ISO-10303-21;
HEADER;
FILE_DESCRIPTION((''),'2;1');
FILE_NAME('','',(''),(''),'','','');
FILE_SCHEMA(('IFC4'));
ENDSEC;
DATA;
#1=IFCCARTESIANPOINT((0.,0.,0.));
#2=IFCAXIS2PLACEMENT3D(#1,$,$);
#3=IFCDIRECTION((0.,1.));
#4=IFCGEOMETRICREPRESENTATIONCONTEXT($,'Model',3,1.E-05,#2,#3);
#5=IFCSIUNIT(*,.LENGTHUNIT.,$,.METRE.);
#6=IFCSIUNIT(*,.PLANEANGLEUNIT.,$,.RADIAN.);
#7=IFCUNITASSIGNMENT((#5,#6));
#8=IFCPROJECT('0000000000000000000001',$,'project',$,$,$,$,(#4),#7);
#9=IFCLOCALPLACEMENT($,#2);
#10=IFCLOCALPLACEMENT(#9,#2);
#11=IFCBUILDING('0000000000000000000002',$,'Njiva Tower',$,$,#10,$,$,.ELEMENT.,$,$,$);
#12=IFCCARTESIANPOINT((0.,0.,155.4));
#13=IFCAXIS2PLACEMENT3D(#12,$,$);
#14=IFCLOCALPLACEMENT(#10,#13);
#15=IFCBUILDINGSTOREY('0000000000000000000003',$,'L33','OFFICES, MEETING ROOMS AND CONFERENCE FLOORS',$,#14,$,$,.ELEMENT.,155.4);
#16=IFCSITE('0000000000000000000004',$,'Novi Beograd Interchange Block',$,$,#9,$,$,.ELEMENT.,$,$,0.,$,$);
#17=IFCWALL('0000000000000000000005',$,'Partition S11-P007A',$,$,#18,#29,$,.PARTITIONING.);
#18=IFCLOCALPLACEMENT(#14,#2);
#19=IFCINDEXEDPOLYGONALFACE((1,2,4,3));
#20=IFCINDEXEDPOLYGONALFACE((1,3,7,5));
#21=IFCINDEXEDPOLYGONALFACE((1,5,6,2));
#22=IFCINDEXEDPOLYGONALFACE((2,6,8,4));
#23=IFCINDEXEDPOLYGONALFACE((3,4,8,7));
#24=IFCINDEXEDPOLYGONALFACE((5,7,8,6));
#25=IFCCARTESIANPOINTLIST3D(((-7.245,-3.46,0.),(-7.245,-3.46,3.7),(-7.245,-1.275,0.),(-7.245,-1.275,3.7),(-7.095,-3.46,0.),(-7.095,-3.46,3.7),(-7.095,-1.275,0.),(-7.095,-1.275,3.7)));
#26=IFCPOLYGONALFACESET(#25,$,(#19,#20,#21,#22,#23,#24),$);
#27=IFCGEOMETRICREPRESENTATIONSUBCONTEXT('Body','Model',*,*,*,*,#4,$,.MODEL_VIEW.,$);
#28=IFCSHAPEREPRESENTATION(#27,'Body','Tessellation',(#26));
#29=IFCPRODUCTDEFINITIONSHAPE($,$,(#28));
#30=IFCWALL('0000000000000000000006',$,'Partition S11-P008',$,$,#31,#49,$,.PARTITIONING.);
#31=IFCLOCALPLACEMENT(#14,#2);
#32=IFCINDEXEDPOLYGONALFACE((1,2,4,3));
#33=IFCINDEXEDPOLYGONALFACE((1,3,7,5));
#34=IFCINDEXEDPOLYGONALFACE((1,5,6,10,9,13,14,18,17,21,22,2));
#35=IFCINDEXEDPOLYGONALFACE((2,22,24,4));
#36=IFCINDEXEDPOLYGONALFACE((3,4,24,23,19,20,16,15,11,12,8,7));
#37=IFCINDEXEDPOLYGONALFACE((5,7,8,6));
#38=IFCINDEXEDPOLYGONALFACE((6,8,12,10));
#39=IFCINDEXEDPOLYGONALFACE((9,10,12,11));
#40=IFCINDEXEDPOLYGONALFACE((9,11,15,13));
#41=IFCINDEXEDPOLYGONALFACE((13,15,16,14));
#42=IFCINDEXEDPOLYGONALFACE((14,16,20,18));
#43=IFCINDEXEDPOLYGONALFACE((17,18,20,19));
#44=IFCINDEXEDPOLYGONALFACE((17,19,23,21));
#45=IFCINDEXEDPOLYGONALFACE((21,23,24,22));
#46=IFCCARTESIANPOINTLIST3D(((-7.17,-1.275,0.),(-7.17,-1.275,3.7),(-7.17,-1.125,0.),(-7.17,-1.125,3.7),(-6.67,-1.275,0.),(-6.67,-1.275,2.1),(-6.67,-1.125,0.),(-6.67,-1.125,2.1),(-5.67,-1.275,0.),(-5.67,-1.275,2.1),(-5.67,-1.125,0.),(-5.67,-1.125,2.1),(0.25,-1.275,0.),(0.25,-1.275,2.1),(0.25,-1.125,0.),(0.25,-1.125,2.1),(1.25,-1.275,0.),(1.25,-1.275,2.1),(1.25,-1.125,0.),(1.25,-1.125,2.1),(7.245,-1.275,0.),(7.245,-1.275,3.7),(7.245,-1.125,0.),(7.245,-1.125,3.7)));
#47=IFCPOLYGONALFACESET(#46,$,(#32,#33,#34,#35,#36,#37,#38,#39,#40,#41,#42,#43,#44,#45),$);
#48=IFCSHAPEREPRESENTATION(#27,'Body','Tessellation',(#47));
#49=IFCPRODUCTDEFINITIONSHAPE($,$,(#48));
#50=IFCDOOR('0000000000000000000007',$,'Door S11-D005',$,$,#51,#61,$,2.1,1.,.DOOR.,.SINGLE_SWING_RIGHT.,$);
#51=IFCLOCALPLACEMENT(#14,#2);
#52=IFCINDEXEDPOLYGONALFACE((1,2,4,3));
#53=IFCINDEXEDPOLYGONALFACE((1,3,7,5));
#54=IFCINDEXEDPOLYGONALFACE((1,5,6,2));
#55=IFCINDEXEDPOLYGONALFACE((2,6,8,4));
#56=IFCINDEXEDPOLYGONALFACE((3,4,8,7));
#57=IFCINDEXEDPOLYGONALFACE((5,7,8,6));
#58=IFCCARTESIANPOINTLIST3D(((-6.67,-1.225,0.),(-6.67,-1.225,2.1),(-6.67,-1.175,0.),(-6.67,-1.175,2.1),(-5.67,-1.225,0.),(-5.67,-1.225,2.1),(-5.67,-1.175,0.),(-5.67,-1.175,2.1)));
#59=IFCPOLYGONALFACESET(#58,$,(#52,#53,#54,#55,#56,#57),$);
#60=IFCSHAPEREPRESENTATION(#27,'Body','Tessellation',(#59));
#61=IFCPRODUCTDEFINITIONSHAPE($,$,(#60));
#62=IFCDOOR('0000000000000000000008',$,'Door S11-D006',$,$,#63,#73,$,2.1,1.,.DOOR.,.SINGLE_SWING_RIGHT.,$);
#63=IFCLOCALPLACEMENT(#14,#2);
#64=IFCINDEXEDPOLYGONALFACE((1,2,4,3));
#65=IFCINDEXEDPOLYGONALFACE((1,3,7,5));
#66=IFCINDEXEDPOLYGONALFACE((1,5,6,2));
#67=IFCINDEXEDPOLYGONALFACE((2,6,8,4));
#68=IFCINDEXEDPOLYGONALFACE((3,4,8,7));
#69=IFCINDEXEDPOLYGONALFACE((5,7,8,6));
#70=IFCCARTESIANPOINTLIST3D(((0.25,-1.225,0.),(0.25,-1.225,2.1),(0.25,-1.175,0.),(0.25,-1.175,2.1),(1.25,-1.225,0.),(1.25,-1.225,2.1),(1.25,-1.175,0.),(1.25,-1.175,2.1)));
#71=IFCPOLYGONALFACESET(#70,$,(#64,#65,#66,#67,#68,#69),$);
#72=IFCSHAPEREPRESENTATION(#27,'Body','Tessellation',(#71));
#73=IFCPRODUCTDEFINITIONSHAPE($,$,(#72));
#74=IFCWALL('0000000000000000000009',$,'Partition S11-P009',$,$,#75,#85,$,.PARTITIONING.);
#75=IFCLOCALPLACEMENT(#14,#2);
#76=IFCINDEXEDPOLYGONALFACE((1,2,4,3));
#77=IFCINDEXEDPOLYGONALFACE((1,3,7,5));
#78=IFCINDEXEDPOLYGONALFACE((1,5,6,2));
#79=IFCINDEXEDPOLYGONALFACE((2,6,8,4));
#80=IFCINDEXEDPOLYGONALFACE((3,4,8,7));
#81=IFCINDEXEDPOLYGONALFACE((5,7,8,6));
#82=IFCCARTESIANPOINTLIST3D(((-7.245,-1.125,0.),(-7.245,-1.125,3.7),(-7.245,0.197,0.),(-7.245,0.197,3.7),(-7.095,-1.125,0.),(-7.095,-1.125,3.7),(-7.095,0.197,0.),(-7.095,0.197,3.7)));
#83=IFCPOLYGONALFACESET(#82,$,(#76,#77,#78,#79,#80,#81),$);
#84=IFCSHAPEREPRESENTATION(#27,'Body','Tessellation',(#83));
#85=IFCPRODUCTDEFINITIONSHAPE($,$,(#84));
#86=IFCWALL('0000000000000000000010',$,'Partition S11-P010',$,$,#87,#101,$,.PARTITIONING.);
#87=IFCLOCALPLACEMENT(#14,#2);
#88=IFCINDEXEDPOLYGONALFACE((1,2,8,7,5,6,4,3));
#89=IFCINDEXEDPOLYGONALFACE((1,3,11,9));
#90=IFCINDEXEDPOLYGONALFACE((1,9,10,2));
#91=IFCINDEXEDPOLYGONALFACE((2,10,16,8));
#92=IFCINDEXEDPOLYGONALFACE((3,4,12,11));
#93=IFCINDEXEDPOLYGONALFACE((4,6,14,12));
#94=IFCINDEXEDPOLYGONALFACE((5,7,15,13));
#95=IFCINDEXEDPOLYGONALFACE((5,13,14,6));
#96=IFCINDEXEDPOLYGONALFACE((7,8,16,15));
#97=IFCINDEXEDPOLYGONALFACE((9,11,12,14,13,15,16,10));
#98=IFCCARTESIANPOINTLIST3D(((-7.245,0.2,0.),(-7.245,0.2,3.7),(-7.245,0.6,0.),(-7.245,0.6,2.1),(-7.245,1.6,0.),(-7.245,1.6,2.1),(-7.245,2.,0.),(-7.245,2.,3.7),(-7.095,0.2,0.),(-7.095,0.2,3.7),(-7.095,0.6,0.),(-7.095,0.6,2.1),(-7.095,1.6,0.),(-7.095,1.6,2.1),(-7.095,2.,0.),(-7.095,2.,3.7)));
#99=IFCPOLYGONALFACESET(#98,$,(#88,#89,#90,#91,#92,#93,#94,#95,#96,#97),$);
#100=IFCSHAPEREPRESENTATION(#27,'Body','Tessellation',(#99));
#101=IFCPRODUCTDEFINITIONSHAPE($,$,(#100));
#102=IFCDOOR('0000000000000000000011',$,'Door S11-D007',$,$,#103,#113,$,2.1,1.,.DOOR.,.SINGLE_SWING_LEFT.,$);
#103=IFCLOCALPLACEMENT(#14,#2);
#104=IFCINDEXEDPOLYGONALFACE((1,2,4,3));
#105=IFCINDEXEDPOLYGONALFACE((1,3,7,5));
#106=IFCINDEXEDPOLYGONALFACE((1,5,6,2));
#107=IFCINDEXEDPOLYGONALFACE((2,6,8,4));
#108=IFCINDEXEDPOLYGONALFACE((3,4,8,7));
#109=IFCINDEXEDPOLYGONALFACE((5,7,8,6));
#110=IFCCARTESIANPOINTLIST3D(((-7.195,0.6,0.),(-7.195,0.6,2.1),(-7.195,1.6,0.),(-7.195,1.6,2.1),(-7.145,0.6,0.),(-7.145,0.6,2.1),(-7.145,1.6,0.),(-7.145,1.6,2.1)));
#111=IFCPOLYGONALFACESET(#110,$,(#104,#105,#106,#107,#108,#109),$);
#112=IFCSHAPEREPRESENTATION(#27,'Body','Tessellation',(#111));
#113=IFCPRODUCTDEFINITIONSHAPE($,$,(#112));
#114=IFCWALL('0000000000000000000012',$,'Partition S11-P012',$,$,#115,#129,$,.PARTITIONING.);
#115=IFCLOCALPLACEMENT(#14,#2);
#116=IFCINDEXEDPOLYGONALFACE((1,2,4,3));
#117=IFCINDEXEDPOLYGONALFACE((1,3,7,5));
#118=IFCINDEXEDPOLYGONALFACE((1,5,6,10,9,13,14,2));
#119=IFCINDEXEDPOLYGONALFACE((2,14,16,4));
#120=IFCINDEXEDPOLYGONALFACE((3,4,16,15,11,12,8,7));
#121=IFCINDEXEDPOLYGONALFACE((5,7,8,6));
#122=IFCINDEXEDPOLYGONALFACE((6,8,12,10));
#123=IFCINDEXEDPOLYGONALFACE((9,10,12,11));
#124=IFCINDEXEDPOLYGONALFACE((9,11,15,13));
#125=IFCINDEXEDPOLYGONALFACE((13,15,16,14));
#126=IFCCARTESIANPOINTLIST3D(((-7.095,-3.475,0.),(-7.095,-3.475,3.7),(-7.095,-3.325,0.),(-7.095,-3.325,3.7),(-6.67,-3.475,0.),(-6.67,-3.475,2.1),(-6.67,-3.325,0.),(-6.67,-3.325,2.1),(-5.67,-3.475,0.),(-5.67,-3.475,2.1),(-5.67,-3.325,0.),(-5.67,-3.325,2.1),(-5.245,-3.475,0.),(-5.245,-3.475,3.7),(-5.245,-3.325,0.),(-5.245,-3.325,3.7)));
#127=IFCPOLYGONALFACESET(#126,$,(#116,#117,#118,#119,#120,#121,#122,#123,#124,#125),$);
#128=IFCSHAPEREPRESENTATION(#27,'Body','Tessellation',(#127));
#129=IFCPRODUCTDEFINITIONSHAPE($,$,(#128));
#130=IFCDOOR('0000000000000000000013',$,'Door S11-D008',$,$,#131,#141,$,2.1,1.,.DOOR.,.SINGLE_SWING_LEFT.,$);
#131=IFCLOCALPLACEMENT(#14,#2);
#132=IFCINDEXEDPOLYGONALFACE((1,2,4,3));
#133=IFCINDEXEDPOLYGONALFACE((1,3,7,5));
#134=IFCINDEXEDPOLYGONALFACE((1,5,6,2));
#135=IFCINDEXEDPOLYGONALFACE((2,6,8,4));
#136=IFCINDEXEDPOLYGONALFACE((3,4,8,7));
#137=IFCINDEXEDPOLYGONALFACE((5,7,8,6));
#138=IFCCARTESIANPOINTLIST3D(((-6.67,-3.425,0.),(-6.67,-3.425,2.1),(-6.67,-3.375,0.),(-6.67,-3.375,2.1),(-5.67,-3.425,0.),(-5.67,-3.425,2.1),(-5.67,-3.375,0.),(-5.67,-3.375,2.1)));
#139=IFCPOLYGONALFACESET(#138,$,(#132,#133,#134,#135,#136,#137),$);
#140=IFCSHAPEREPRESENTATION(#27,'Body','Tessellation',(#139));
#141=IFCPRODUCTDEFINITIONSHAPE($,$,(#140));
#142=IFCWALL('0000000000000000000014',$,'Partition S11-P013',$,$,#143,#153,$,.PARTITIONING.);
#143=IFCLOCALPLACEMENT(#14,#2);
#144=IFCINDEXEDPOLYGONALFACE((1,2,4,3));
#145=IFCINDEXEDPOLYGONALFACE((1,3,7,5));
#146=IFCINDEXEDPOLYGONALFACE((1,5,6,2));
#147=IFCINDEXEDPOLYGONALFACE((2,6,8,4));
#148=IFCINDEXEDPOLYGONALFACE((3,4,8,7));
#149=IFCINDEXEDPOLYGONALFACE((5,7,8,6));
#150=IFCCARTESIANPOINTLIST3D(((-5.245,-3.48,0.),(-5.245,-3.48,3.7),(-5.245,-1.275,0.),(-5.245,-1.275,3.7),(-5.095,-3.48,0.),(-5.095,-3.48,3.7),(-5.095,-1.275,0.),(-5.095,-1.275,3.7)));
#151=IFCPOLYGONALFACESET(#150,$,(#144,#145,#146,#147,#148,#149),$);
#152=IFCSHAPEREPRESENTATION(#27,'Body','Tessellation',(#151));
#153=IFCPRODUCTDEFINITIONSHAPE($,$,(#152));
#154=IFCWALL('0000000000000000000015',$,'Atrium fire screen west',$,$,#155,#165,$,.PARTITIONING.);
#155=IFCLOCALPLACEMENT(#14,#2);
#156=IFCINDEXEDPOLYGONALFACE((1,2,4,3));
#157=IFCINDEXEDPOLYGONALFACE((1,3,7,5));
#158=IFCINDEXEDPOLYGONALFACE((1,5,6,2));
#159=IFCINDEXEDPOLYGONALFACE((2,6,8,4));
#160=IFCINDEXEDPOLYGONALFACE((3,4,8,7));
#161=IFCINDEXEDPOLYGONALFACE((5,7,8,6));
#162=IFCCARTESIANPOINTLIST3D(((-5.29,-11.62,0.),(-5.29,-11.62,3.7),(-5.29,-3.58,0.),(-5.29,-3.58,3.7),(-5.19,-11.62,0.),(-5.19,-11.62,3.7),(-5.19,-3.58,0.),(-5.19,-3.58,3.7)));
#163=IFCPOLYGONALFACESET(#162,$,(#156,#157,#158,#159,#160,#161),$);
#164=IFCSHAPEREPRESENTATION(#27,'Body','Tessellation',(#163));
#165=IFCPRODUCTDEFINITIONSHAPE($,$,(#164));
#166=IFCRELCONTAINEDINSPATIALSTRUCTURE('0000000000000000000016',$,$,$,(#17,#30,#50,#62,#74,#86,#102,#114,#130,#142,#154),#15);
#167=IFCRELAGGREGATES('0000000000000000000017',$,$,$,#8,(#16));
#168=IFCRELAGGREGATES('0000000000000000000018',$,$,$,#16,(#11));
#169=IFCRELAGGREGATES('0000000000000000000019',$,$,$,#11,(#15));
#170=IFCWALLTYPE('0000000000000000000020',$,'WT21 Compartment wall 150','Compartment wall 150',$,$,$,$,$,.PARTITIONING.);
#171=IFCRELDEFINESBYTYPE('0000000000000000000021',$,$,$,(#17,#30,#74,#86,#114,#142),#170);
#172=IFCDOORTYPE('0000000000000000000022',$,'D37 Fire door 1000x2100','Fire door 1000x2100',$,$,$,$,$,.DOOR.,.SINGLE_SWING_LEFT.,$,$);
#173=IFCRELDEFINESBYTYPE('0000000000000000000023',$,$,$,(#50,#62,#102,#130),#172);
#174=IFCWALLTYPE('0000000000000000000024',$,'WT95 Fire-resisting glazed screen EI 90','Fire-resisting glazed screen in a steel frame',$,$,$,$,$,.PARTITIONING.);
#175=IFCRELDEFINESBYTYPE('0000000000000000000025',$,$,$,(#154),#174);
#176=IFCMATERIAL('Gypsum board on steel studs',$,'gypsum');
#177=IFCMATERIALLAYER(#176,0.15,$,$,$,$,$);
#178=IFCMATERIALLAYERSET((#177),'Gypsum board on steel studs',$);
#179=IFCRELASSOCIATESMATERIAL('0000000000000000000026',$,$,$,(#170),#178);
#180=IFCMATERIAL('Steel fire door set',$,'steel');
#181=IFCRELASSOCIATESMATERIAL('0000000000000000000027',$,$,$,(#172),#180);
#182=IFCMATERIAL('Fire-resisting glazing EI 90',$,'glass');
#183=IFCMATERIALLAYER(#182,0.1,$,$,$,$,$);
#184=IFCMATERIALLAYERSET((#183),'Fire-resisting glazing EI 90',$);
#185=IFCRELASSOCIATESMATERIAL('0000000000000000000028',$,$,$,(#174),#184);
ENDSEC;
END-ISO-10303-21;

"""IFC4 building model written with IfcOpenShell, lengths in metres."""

from ifc_helpers import new_model, si_unit, direction, frame, frame_2d, origin, place, context, subcontext, project, spatial, rectangle, extrude, material, layer, layer_set, type_object, element, fill, save


model = new_model("IFC4")

# Units and contexts
model_context = context("Model", 3, precision=1e-05, world=origin(), true_north=direction((0.0, 1.0)))
body_context = subcontext(model_context, "Body", "Model", "MODEL_VIEW")
ifc_project = project(units=[si_unit("LENGTHUNIT", "METRE"), si_unit("PLANEANGLEUNIT", "RADIAN")], contexts=[model_context])

# Site, building, storey
site_placement = place(None, origin())
site = spatial("IfcSite", under=ifc_project, at=site_placement, Name="Novi Beograd Interchange Block", CompositionType="ELEMENT", RefElevation=0.0)
building_placement = place(site_placement, origin())
building = spatial("IfcBuilding", under=site, at=building_placement, Name="Njiva Tower", CompositionType="ELEMENT")
storey_placement = place(building_placement, frame((0.0, 0.0, 155.4)))
storey = spatial("IfcBuildingStorey", under=building, at=storey_placement, Name="L33", Description="OFFICES, MEETING ROOMS AND CONFERENCE FLOORS", CompositionType="ELEMENT", Elevation=155.4)

# Shared definitions
ifc_material_1 = material(Name="Gypsum board on steel studs", Category="gypsum")
ifc_layer_1 = layer(ifc_material_1, 0.15)
ifc_layer_set_1 = layer_set([ifc_layer_1], Name="Gypsum board on steel studs")
wall_type_1 = type_object("IfcWallType", Name="WT21 Compartment wall 150", Description="Compartment wall 150", PredefinedType="PARTITIONING", material=ifc_layer_set_1)
ifc_material_2 = material(Name="Steel fire door set", Category="steel")
door_type = type_object("IfcDoorType", Name="D37 Fire door 1000x2100", Description="Fire door 1000x2100", OperationType="SINGLE_SWING_LEFT", PredefinedType="DOOR", material=ifc_material_2)

# Wall
wall_1_placement = place(storey_placement, frame((-7.17, -3.46, 0.0), z_axis=(0.0, 0.0, 1.0), x_axis=(0.0, 1.0, 0.0)))
element("IfcWall", 1, at=wall_1_placement, inside=storey, type_object=wall_type_1, Name="Partition S11-P007A", PredefinedType="PARTITIONING", context=body_context, shape_type="SweptSolid", body=[
    extrude(rectangle(XDim=2.185, YDim=0.15, at=frame_2d((1.0925, 0.0))), origin(), (0.0, 0.0, 1.0), 3.7),
])

# Wall, openings, doors
wall_2_placement = place(storey_placement, frame((-7.17, -1.2, 0.0), z_axis=(0.0, 0.0, 1.0), x_axis=(1.0, 0.0, 0.0)))
wall_2 = element("IfcWall", 2, at=wall_2_placement, inside=storey, type_object=wall_type_1, Name="Partition S11-P008", PredefinedType="PARTITIONING", context=body_context, shape_type="SweptSolid", body=[
    extrude(rectangle(XDim=14.415, YDim=0.15, at=frame_2d((7.2075, 0.0))), origin(), (0.0, 0.0, 1.0), 3.7),
])
opening_1_placement = place(wall_2_placement, frame((0.5, 0.0, 0.0)))
opening_1 = element("IfcOpeningElement", 3, at=opening_1_placement, cuts=wall_2, PredefinedType="OPENING", context=body_context, shape_type="SweptSolid", body=[
    extrude(rectangle(XDim=1.0, YDim=2.1, at=frame_2d((0.5, 1.05))), frame((0.0, 0.085, 0.0), z_axis=(0.0, -1.0, 0.0), x_axis=(1.0, 0.0, 0.0)), (0.0, 0.0, 1.0), 0.17),
])
opening_2_placement = place(wall_2_placement, frame((7.42, 0.0, 0.0)))
opening_2 = element("IfcOpeningElement", 4, at=opening_2_placement, cuts=wall_2, PredefinedType="OPENING", context=body_context, shape_type="SweptSolid", body=[
    extrude(rectangle(XDim=1.0, YDim=2.1, at=frame_2d((0.5, 1.05))), frame((0.0, 0.085, 0.0), z_axis=(0.0, -1.0, 0.0), x_axis=(1.0, 0.0, 0.0)), (0.0, 0.0, 1.0), 0.17),
])
door_1_placement = place(opening_1_placement, origin())
door_1 = element("IfcDoor", 5, at=door_1_placement, inside=storey, type_object=door_type, Name="Door S11-D005", OperationType="SINGLE_SWING_RIGHT", OverallHeight=2.1, OverallWidth=1.0, PredefinedType="DOOR", context=body_context, shape_type="SweptSolid", body=[
    extrude(rectangle(XDim=1.0, YDim=2.1, at=frame_2d((0.5, 1.05))), frame((0.0, 0.025, 0.0), z_axis=(0.0, -1.0, 0.0), x_axis=(1.0, 0.0, 0.0)), (0.0, 0.0, 1.0), 0.05),
])
fill(opening_1, door_1)
door_2_placement = place(opening_2_placement, origin())
door_2 = element("IfcDoor", 6, at=door_2_placement, inside=storey, type_object=door_type, Name="Door S11-D006", OperationType="SINGLE_SWING_RIGHT", OverallHeight=2.1, OverallWidth=1.0, PredefinedType="DOOR", context=body_context, shape_type="SweptSolid", body=[
    extrude(rectangle(XDim=1.0, YDim=2.1, at=frame_2d((0.5, 1.05))), frame((0.0, 0.025, 0.0), z_axis=(0.0, -1.0, 0.0), x_axis=(1.0, 0.0, 0.0)), (0.0, 0.0, 1.0), 0.05),
])
fill(opening_2, door_2)

# Wall
wall_3_placement = place(storey_placement, frame((-7.17, -1.125, 0.0), z_axis=(0.0, 0.0, 1.0), x_axis=(0.0, 1.0, 0.0)))
element("IfcWall", 7, at=wall_3_placement, inside=storey, type_object=wall_type_1, Name="Partition S11-P009", PredefinedType="PARTITIONING", context=body_context, shape_type="SweptSolid", body=[
    extrude(rectangle(XDim=1.322, YDim=0.15, at=frame_2d((0.661, 0.0))), origin(), (0.0, 0.0, 1.0), 3.7),
])

# Walls, openings, doors
wall_4_placement = place(storey_placement, frame((-7.17, 0.2, 0.0), z_axis=(0.0, 0.0, 1.0), x_axis=(0.0, 1.0, 0.0)))
wall_4 = element("IfcWall", 8, at=wall_4_placement, inside=storey, type_object=wall_type_1, Name="Partition S11-P010", PredefinedType="PARTITIONING", context=body_context, shape_type="SweptSolid", body=[
    extrude(rectangle(XDim=1.8, YDim=0.15, at=frame_2d((0.9, 0.0))), origin(), (0.0, 0.0, 1.0), 3.7),
])
opening_3_placement = place(wall_4_placement, frame((0.4, 0.0, 0.0)))
opening_3 = element("IfcOpeningElement", 9, at=opening_3_placement, cuts=wall_4, PredefinedType="OPENING", context=body_context, shape_type="SweptSolid", body=[
    extrude(rectangle(XDim=1.0, YDim=2.1, at=frame_2d((0.5, 1.05))), frame((0.0, 0.085, 0.0), z_axis=(0.0, -1.0, 0.0), x_axis=(1.0, 0.0, 0.0)), (0.0, 0.0, 1.0), 0.17),
])
door_3_placement = place(opening_3_placement, origin())
door_3 = element("IfcDoor", 10, at=door_3_placement, inside=storey, type_object=door_type, Name="Door S11-D007", OperationType="SINGLE_SWING_LEFT", OverallHeight=2.1, OverallWidth=1.0, PredefinedType="DOOR", context=body_context, shape_type="SweptSolid", body=[
    extrude(rectangle(XDim=1.0, YDim=2.1, at=frame_2d((0.5, 1.05))), frame((0.0, 0.025, 0.0), z_axis=(0.0, -1.0, 0.0), x_axis=(1.0, 0.0, 0.0)), (0.0, 0.0, 1.0), 0.05),
])
fill(opening_3, door_3)
wall_5_placement = place(storey_placement, frame((-7.095, -3.4, 0.0), z_axis=(0.0, 0.0, 1.0), x_axis=(1.0, 0.0, 0.0)))
wall_5 = element("IfcWall", 11, at=wall_5_placement, inside=storey, type_object=wall_type_1, Name="Partition S11-P012", PredefinedType="PARTITIONING", context=body_context, shape_type="SweptSolid", body=[
    extrude(rectangle(XDim=1.85, YDim=0.15, at=frame_2d((0.925, 0.0))), origin(), (0.0, 0.0, 1.0), 3.7),
])
opening_4_placement = place(wall_5_placement, frame((0.425, 0.0, 0.0)))
opening_4 = element("IfcOpeningElement", 12, at=opening_4_placement, cuts=wall_5, PredefinedType="OPENING", context=body_context, shape_type="SweptSolid", body=[
    extrude(rectangle(XDim=1.0, YDim=2.1, at=frame_2d((0.5, 1.05))), frame((0.0, 0.085, 0.0), z_axis=(0.0, -1.0, 0.0), x_axis=(1.0, 0.0, 0.0)), (0.0, 0.0, 1.0), 0.17),
])
door_4_placement = place(opening_4_placement, origin())
door_4 = element("IfcDoor", 13, at=door_4_placement, inside=storey, type_object=door_type, Name="Door S11-D008", OperationType="SINGLE_SWING_LEFT", OverallHeight=2.1, OverallWidth=1.0, PredefinedType="DOOR", context=body_context, shape_type="SweptSolid", body=[
    extrude(rectangle(XDim=1.0, YDim=2.1, at=frame_2d((0.5, 1.05))), frame((0.0, 0.025, 0.0), z_axis=(0.0, -1.0, 0.0), x_axis=(1.0, 0.0, 0.0)), (0.0, 0.0, 1.0), 0.05),
])
fill(opening_4, door_4)

# Walls
wall_6_placement = place(storey_placement, frame((-5.17, -3.48, 0.0), z_axis=(0.0, 0.0, 1.0), x_axis=(0.0, 1.0, 0.0)))
element("IfcWall", 14, at=wall_6_placement, inside=storey, type_object=wall_type_1, Name="Partition S11-P013", PredefinedType="PARTITIONING", context=body_context, shape_type="SweptSolid", body=[
    extrude(rectangle(XDim=2.205, YDim=0.15, at=frame_2d((1.1025, 0.0))), origin(), (0.0, 0.0, 1.0), 3.7),
])
ifc_material_3 = material(Name="Fire-resisting glazing EI 90", Category="glass")
ifc_layer_2 = layer(ifc_material_3, 0.1)
ifc_layer_set_2 = layer_set([ifc_layer_2], Name="Fire-resisting glazing EI 90")
wall_type_2 = type_object("IfcWallType", Name="WT95 Fire-resisting glazed screen EI 90", Description="Fire-resisting glazed screen in a steel frame", PredefinedType="PARTITIONING", material=ifc_layer_set_2)
wall_7_placement = place(storey_placement, frame((-5.24, -3.58, 0.0), z_axis=(0.0, 0.0, 1.0), x_axis=(0.0, -1.0, 0.0)))
element("IfcWall", 15, at=wall_7_placement, inside=storey, type_object=wall_type_2, Name="Atrium fire screen west", PredefinedType="PARTITIONING", context=body_context, shape_type="SweptSolid", body=[
    extrude(rectangle(XDim=8.04, YDim=0.1, at=frame_2d((4.02, 0.0))), origin(), (0.0, 0.0, 1.0), 3.7),
])

save(model, "model.ifc")
